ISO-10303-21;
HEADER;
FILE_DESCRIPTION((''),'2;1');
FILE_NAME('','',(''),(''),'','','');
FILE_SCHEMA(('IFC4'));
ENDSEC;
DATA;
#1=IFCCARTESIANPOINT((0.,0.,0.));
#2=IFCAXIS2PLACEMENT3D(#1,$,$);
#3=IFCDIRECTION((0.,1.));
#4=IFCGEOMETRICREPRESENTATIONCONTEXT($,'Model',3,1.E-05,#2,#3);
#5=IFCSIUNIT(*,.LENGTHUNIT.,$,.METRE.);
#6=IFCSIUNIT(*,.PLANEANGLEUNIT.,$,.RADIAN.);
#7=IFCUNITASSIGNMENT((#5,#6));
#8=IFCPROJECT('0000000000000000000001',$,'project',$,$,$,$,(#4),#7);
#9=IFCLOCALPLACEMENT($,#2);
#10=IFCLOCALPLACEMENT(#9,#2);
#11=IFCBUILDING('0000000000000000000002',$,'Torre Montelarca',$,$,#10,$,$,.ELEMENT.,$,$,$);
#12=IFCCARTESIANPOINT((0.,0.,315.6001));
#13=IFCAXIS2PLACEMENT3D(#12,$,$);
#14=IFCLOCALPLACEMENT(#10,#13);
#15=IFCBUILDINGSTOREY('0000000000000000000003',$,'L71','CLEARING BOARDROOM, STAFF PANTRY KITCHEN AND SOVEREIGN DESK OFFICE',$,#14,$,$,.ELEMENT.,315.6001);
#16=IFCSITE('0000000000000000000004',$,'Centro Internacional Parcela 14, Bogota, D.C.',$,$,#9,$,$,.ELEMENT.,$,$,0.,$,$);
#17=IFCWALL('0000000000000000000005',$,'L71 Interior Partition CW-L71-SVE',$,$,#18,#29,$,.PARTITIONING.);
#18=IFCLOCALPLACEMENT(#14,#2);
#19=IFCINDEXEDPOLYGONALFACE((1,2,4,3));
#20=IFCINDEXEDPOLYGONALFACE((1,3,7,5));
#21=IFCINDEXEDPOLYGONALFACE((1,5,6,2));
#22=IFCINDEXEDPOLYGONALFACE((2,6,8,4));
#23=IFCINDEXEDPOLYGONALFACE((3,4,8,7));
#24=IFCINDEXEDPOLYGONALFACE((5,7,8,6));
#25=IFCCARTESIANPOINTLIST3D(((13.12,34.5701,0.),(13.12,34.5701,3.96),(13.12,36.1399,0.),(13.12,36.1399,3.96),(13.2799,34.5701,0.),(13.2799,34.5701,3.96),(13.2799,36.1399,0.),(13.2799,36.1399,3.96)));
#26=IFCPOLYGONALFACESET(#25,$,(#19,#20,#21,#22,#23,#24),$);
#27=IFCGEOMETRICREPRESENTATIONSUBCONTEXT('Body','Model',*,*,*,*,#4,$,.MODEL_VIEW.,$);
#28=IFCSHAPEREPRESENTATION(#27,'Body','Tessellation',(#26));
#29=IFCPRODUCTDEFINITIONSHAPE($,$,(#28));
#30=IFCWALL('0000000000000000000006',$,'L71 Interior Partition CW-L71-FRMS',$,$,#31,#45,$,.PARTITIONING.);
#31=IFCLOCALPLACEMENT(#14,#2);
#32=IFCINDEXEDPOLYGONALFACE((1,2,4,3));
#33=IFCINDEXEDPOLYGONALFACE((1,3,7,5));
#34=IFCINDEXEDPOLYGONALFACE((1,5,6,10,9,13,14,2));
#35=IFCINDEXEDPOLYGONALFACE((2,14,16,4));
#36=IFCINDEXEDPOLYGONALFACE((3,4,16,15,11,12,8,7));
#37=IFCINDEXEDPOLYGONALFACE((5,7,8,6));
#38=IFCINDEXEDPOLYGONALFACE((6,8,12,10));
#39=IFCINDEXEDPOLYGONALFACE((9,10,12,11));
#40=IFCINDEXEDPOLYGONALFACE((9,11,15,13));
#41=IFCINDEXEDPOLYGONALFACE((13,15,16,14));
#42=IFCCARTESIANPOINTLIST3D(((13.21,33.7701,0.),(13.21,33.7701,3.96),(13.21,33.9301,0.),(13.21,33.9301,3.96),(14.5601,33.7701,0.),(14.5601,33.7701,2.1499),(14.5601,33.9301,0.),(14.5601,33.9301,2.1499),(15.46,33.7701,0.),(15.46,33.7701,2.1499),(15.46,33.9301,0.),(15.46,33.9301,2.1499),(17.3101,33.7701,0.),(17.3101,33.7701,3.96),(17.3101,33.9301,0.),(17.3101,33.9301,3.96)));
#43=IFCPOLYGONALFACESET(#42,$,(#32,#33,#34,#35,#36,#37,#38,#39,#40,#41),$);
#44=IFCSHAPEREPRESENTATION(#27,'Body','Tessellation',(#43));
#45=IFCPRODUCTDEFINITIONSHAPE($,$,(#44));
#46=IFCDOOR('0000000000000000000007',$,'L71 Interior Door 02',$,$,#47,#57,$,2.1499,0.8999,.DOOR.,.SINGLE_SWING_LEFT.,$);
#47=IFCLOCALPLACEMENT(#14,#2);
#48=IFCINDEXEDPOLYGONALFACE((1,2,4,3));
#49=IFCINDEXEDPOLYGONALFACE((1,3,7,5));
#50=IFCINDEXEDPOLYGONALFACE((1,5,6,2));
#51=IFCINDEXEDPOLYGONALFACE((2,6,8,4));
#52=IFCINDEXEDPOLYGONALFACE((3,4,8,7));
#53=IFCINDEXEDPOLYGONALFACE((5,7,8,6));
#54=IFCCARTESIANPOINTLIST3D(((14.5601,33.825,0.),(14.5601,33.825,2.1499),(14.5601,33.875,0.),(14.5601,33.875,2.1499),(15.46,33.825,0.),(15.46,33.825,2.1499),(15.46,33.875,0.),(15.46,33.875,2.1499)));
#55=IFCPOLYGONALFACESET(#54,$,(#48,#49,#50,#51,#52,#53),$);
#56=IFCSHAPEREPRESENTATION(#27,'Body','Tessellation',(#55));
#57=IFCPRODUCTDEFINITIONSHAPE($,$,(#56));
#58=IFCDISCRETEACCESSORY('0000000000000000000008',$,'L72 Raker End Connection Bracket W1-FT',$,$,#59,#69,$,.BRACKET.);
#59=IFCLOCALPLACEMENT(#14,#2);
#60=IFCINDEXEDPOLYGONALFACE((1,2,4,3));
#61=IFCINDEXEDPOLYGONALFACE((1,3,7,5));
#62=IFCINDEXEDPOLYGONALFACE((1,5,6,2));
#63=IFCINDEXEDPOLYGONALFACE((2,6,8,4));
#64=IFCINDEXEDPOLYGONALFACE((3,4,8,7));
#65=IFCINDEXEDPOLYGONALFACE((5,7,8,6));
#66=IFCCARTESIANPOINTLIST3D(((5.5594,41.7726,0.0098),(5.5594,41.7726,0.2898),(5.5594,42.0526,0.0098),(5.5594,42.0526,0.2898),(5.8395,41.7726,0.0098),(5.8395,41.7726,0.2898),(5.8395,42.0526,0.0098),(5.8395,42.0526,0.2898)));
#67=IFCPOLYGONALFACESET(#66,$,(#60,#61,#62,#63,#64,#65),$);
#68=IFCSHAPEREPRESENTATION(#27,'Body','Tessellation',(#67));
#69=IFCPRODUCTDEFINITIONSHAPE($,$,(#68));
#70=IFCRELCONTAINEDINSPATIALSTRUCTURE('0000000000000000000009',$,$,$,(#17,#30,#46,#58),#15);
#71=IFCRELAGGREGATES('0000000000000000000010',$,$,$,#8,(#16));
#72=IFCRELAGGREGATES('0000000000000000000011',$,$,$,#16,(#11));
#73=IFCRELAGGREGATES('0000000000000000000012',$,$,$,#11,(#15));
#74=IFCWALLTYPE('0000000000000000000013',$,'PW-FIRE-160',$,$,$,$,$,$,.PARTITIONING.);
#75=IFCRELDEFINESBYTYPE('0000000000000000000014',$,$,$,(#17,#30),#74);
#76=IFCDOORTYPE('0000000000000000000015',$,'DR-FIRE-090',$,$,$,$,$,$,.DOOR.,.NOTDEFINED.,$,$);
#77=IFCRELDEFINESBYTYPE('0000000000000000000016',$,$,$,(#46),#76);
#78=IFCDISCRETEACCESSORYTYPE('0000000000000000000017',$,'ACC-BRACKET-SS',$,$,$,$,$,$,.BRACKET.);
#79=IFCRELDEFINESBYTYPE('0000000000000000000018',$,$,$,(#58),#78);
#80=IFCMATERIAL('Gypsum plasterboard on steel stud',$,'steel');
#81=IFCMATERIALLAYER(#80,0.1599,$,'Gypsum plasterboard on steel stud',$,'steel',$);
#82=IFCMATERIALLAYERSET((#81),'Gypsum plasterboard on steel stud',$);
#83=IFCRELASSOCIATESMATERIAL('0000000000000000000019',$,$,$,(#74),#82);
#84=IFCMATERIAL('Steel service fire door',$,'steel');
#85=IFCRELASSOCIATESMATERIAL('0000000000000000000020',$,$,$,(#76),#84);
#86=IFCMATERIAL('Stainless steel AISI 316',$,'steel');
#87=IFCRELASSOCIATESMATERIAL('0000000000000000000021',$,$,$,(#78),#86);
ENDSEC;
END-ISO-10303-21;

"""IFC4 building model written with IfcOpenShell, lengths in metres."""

from ifc_helpers import new_model, si_unit, direction, frame, frame_2d, origin, origin_2d, place, context, subcontext, project, spatial, rectangle, extrude, source, transform, mapped, material, layer, layer_set, type_object, element, fill, save


model = new_model("IFC4")

# Units and contexts
model_context = context("Model", 3, precision=1e-05, world=origin(), true_north=direction((0.0, 1.0)))
body_context = subcontext(model_context, "Body", "Model", "MODEL_VIEW")
ifc_project = project(units=[si_unit("LENGTHUNIT", "METRE"), si_unit("PLANEANGLEUNIT", "RADIAN")], contexts=[model_context])

# Site, building, storey
site_placement = place(None, origin())
site = spatial("IfcSite", under=ifc_project, at=site_placement, Name="Centro Internacional Parcela 14, Bogota, D.C.", CompositionType="ELEMENT", RefElevation=0.0)
building_placement = place(site_placement, origin())
building = spatial("IfcBuilding", under=site, at=building_placement, Name="Torre Montelarca", CompositionType="ELEMENT")
storey_placement = place(building_placement, frame((0.0, 0.0, 315.6001)))
storey = spatial("IfcBuildingStorey", under=building, at=storey_placement, Name="L71", Description="CLEARING BOARDROOM, STAFF PANTRY KITCHEN AND SOVEREIGN DESK OFFICE", CompositionType="ELEMENT", Elevation=315.6001)

# Shared definitions
ifc_material_1 = material(Name="Gypsum plasterboard on steel stud", Category="steel")
ifc_layer_1 = layer(ifc_material_1, 0.1599, Name="Gypsum plasterboard on steel stud", Category="steel")
ifc_layer_set_1 = layer_set([ifc_layer_1], Name="Gypsum plasterboard on steel stud")
wall_type_1 = type_object("IfcWallType", Name="PW-FIRE-160", PredefinedType="PARTITIONING", material=ifc_layer_set_1)
ifc_material_2 = material(Name="Steel service fire door", Category="steel")
door_type_1 = type_object("IfcDoorType", Name="DR-FIRE-090", OperationType="NOTDEFINED", PredefinedType="DOOR", material=ifc_material_2)
shared_shape_1 = source(origin(), body_context, "Body", "SweptSolid", [
    extrude(rectangle(XDim=0.8999, YDim=2.1499, at=frame_2d((0.45, 1.075))), frame((0.0, 0.0249, 0.0), z_axis=(0.0, -1.0, 0.0), x_axis=(1.0, 0.0, 0.0)), (0.0, 0.0, 1.0), 0.05),
])

# Wall
wall_1_placement = place(storey_placement, frame((13.2, 34.5701, 0.0), z_axis=(0.0, 0.0, 1.0), x_axis=(0.0, 1.0, 0.0)))
element("IfcWall", 1, at=wall_1_placement, inside=storey, type_object=wall_type_1, Name="L71 Interior Partition CW-L71-SVE", PredefinedType="PARTITIONING", context=body_context, shape_type="SweptSolid", body=[
    extrude(rectangle(XDim=1.5698, YDim=0.1599, at=frame_2d((0.7849, 0.0))), origin(), (0.0, 0.0, 1.0), 3.96),
])

# Wall, opening, door
wall_2_placement = place(storey_placement, frame((13.21, 33.8501, 0.0), z_axis=(0.0, 0.0, 1.0), x_axis=(1.0, 0.0, 0.0)))
wall_2 = element("IfcWall", 2, at=wall_2_placement, inside=storey, type_object=wall_type_1, Name="L71 Interior Partition CW-L71-FRMS", PredefinedType="PARTITIONING", context=body_context, shape_type="SweptSolid", body=[
    extrude(rectangle(XDim=4.1001, YDim=0.1599, at=frame_2d((2.05, 0.0))), origin(), (0.0, 0.0, 1.0), 3.96),
])
opening_1_placement = place(wall_2_placement, frame((1.3501, 0.0, 0.0)))
opening_1 = element("IfcOpeningElement", 3, at=opening_1_placement, cuts=wall_2, PredefinedType="OPENING", context=body_context, shape_type="SweptSolid", body=[
    extrude(rectangle(XDim=0.8999, YDim=2.1499, at=frame_2d((0.45, 1.075))), frame((0.0, 0.0898, 0.0), z_axis=(0.0, -1.0, 0.0), x_axis=(1.0, 0.0, 0.0)), (0.0, 0.0, 1.0), 0.1799),
])
door_1_placement = place(opening_1_placement, origin())
door_1 = element("IfcDoor", 4, at=door_1_placement, inside=storey, type_object=door_type_1, Name="L71 Interior Door 02", OperationType="SINGLE_SWING_LEFT", OverallHeight=2.1499, OverallWidth=0.8999, PredefinedType="DOOR", context=body_context, shape_type="MappedRepresentation", body=[
    mapped(shared_shape_1, transform((0.0, 0.0, 0.0), scale=1.0)),
])
fill(opening_1, door_1)

# Discrete accessory
ifc_material_3 = material(Name="Stainless steel AISI 316", Category="steel")
discrete_accessory_type = type_object("IfcDiscreteAccessoryType", Name="ACC-BRACKET-SS", PredefinedType="BRACKET", material=ifc_material_3)
shared_shape_2 = source(origin(), body_context, "Body", "SweptSolid", [
    extrude(rectangle(XDim=0.28, YDim=0.28, at=origin_2d()), origin(), (0.0, 0.0, 1.0), 0.28),
])
discrete_accessory_placement = place(storey_placement, frame((5.6995, 41.9126, 0.0098), z_axis=(0.0, 0.0, 1.0), x_axis=(1.0, 0.0, 0.0)))
element("IfcDiscreteAccessory", 5, at=discrete_accessory_placement, inside=storey, type_object=discrete_accessory_type, Name="L72 Raker End Connection Bracket W1-FT", PredefinedType="BRACKET", context=body_context, shape_type="MappedRepresentation", body=[
    mapped(shared_shape_2, transform((0.0, 0.0, 0.0), scale=1.0)),
])

save(model, "model.ifc")
